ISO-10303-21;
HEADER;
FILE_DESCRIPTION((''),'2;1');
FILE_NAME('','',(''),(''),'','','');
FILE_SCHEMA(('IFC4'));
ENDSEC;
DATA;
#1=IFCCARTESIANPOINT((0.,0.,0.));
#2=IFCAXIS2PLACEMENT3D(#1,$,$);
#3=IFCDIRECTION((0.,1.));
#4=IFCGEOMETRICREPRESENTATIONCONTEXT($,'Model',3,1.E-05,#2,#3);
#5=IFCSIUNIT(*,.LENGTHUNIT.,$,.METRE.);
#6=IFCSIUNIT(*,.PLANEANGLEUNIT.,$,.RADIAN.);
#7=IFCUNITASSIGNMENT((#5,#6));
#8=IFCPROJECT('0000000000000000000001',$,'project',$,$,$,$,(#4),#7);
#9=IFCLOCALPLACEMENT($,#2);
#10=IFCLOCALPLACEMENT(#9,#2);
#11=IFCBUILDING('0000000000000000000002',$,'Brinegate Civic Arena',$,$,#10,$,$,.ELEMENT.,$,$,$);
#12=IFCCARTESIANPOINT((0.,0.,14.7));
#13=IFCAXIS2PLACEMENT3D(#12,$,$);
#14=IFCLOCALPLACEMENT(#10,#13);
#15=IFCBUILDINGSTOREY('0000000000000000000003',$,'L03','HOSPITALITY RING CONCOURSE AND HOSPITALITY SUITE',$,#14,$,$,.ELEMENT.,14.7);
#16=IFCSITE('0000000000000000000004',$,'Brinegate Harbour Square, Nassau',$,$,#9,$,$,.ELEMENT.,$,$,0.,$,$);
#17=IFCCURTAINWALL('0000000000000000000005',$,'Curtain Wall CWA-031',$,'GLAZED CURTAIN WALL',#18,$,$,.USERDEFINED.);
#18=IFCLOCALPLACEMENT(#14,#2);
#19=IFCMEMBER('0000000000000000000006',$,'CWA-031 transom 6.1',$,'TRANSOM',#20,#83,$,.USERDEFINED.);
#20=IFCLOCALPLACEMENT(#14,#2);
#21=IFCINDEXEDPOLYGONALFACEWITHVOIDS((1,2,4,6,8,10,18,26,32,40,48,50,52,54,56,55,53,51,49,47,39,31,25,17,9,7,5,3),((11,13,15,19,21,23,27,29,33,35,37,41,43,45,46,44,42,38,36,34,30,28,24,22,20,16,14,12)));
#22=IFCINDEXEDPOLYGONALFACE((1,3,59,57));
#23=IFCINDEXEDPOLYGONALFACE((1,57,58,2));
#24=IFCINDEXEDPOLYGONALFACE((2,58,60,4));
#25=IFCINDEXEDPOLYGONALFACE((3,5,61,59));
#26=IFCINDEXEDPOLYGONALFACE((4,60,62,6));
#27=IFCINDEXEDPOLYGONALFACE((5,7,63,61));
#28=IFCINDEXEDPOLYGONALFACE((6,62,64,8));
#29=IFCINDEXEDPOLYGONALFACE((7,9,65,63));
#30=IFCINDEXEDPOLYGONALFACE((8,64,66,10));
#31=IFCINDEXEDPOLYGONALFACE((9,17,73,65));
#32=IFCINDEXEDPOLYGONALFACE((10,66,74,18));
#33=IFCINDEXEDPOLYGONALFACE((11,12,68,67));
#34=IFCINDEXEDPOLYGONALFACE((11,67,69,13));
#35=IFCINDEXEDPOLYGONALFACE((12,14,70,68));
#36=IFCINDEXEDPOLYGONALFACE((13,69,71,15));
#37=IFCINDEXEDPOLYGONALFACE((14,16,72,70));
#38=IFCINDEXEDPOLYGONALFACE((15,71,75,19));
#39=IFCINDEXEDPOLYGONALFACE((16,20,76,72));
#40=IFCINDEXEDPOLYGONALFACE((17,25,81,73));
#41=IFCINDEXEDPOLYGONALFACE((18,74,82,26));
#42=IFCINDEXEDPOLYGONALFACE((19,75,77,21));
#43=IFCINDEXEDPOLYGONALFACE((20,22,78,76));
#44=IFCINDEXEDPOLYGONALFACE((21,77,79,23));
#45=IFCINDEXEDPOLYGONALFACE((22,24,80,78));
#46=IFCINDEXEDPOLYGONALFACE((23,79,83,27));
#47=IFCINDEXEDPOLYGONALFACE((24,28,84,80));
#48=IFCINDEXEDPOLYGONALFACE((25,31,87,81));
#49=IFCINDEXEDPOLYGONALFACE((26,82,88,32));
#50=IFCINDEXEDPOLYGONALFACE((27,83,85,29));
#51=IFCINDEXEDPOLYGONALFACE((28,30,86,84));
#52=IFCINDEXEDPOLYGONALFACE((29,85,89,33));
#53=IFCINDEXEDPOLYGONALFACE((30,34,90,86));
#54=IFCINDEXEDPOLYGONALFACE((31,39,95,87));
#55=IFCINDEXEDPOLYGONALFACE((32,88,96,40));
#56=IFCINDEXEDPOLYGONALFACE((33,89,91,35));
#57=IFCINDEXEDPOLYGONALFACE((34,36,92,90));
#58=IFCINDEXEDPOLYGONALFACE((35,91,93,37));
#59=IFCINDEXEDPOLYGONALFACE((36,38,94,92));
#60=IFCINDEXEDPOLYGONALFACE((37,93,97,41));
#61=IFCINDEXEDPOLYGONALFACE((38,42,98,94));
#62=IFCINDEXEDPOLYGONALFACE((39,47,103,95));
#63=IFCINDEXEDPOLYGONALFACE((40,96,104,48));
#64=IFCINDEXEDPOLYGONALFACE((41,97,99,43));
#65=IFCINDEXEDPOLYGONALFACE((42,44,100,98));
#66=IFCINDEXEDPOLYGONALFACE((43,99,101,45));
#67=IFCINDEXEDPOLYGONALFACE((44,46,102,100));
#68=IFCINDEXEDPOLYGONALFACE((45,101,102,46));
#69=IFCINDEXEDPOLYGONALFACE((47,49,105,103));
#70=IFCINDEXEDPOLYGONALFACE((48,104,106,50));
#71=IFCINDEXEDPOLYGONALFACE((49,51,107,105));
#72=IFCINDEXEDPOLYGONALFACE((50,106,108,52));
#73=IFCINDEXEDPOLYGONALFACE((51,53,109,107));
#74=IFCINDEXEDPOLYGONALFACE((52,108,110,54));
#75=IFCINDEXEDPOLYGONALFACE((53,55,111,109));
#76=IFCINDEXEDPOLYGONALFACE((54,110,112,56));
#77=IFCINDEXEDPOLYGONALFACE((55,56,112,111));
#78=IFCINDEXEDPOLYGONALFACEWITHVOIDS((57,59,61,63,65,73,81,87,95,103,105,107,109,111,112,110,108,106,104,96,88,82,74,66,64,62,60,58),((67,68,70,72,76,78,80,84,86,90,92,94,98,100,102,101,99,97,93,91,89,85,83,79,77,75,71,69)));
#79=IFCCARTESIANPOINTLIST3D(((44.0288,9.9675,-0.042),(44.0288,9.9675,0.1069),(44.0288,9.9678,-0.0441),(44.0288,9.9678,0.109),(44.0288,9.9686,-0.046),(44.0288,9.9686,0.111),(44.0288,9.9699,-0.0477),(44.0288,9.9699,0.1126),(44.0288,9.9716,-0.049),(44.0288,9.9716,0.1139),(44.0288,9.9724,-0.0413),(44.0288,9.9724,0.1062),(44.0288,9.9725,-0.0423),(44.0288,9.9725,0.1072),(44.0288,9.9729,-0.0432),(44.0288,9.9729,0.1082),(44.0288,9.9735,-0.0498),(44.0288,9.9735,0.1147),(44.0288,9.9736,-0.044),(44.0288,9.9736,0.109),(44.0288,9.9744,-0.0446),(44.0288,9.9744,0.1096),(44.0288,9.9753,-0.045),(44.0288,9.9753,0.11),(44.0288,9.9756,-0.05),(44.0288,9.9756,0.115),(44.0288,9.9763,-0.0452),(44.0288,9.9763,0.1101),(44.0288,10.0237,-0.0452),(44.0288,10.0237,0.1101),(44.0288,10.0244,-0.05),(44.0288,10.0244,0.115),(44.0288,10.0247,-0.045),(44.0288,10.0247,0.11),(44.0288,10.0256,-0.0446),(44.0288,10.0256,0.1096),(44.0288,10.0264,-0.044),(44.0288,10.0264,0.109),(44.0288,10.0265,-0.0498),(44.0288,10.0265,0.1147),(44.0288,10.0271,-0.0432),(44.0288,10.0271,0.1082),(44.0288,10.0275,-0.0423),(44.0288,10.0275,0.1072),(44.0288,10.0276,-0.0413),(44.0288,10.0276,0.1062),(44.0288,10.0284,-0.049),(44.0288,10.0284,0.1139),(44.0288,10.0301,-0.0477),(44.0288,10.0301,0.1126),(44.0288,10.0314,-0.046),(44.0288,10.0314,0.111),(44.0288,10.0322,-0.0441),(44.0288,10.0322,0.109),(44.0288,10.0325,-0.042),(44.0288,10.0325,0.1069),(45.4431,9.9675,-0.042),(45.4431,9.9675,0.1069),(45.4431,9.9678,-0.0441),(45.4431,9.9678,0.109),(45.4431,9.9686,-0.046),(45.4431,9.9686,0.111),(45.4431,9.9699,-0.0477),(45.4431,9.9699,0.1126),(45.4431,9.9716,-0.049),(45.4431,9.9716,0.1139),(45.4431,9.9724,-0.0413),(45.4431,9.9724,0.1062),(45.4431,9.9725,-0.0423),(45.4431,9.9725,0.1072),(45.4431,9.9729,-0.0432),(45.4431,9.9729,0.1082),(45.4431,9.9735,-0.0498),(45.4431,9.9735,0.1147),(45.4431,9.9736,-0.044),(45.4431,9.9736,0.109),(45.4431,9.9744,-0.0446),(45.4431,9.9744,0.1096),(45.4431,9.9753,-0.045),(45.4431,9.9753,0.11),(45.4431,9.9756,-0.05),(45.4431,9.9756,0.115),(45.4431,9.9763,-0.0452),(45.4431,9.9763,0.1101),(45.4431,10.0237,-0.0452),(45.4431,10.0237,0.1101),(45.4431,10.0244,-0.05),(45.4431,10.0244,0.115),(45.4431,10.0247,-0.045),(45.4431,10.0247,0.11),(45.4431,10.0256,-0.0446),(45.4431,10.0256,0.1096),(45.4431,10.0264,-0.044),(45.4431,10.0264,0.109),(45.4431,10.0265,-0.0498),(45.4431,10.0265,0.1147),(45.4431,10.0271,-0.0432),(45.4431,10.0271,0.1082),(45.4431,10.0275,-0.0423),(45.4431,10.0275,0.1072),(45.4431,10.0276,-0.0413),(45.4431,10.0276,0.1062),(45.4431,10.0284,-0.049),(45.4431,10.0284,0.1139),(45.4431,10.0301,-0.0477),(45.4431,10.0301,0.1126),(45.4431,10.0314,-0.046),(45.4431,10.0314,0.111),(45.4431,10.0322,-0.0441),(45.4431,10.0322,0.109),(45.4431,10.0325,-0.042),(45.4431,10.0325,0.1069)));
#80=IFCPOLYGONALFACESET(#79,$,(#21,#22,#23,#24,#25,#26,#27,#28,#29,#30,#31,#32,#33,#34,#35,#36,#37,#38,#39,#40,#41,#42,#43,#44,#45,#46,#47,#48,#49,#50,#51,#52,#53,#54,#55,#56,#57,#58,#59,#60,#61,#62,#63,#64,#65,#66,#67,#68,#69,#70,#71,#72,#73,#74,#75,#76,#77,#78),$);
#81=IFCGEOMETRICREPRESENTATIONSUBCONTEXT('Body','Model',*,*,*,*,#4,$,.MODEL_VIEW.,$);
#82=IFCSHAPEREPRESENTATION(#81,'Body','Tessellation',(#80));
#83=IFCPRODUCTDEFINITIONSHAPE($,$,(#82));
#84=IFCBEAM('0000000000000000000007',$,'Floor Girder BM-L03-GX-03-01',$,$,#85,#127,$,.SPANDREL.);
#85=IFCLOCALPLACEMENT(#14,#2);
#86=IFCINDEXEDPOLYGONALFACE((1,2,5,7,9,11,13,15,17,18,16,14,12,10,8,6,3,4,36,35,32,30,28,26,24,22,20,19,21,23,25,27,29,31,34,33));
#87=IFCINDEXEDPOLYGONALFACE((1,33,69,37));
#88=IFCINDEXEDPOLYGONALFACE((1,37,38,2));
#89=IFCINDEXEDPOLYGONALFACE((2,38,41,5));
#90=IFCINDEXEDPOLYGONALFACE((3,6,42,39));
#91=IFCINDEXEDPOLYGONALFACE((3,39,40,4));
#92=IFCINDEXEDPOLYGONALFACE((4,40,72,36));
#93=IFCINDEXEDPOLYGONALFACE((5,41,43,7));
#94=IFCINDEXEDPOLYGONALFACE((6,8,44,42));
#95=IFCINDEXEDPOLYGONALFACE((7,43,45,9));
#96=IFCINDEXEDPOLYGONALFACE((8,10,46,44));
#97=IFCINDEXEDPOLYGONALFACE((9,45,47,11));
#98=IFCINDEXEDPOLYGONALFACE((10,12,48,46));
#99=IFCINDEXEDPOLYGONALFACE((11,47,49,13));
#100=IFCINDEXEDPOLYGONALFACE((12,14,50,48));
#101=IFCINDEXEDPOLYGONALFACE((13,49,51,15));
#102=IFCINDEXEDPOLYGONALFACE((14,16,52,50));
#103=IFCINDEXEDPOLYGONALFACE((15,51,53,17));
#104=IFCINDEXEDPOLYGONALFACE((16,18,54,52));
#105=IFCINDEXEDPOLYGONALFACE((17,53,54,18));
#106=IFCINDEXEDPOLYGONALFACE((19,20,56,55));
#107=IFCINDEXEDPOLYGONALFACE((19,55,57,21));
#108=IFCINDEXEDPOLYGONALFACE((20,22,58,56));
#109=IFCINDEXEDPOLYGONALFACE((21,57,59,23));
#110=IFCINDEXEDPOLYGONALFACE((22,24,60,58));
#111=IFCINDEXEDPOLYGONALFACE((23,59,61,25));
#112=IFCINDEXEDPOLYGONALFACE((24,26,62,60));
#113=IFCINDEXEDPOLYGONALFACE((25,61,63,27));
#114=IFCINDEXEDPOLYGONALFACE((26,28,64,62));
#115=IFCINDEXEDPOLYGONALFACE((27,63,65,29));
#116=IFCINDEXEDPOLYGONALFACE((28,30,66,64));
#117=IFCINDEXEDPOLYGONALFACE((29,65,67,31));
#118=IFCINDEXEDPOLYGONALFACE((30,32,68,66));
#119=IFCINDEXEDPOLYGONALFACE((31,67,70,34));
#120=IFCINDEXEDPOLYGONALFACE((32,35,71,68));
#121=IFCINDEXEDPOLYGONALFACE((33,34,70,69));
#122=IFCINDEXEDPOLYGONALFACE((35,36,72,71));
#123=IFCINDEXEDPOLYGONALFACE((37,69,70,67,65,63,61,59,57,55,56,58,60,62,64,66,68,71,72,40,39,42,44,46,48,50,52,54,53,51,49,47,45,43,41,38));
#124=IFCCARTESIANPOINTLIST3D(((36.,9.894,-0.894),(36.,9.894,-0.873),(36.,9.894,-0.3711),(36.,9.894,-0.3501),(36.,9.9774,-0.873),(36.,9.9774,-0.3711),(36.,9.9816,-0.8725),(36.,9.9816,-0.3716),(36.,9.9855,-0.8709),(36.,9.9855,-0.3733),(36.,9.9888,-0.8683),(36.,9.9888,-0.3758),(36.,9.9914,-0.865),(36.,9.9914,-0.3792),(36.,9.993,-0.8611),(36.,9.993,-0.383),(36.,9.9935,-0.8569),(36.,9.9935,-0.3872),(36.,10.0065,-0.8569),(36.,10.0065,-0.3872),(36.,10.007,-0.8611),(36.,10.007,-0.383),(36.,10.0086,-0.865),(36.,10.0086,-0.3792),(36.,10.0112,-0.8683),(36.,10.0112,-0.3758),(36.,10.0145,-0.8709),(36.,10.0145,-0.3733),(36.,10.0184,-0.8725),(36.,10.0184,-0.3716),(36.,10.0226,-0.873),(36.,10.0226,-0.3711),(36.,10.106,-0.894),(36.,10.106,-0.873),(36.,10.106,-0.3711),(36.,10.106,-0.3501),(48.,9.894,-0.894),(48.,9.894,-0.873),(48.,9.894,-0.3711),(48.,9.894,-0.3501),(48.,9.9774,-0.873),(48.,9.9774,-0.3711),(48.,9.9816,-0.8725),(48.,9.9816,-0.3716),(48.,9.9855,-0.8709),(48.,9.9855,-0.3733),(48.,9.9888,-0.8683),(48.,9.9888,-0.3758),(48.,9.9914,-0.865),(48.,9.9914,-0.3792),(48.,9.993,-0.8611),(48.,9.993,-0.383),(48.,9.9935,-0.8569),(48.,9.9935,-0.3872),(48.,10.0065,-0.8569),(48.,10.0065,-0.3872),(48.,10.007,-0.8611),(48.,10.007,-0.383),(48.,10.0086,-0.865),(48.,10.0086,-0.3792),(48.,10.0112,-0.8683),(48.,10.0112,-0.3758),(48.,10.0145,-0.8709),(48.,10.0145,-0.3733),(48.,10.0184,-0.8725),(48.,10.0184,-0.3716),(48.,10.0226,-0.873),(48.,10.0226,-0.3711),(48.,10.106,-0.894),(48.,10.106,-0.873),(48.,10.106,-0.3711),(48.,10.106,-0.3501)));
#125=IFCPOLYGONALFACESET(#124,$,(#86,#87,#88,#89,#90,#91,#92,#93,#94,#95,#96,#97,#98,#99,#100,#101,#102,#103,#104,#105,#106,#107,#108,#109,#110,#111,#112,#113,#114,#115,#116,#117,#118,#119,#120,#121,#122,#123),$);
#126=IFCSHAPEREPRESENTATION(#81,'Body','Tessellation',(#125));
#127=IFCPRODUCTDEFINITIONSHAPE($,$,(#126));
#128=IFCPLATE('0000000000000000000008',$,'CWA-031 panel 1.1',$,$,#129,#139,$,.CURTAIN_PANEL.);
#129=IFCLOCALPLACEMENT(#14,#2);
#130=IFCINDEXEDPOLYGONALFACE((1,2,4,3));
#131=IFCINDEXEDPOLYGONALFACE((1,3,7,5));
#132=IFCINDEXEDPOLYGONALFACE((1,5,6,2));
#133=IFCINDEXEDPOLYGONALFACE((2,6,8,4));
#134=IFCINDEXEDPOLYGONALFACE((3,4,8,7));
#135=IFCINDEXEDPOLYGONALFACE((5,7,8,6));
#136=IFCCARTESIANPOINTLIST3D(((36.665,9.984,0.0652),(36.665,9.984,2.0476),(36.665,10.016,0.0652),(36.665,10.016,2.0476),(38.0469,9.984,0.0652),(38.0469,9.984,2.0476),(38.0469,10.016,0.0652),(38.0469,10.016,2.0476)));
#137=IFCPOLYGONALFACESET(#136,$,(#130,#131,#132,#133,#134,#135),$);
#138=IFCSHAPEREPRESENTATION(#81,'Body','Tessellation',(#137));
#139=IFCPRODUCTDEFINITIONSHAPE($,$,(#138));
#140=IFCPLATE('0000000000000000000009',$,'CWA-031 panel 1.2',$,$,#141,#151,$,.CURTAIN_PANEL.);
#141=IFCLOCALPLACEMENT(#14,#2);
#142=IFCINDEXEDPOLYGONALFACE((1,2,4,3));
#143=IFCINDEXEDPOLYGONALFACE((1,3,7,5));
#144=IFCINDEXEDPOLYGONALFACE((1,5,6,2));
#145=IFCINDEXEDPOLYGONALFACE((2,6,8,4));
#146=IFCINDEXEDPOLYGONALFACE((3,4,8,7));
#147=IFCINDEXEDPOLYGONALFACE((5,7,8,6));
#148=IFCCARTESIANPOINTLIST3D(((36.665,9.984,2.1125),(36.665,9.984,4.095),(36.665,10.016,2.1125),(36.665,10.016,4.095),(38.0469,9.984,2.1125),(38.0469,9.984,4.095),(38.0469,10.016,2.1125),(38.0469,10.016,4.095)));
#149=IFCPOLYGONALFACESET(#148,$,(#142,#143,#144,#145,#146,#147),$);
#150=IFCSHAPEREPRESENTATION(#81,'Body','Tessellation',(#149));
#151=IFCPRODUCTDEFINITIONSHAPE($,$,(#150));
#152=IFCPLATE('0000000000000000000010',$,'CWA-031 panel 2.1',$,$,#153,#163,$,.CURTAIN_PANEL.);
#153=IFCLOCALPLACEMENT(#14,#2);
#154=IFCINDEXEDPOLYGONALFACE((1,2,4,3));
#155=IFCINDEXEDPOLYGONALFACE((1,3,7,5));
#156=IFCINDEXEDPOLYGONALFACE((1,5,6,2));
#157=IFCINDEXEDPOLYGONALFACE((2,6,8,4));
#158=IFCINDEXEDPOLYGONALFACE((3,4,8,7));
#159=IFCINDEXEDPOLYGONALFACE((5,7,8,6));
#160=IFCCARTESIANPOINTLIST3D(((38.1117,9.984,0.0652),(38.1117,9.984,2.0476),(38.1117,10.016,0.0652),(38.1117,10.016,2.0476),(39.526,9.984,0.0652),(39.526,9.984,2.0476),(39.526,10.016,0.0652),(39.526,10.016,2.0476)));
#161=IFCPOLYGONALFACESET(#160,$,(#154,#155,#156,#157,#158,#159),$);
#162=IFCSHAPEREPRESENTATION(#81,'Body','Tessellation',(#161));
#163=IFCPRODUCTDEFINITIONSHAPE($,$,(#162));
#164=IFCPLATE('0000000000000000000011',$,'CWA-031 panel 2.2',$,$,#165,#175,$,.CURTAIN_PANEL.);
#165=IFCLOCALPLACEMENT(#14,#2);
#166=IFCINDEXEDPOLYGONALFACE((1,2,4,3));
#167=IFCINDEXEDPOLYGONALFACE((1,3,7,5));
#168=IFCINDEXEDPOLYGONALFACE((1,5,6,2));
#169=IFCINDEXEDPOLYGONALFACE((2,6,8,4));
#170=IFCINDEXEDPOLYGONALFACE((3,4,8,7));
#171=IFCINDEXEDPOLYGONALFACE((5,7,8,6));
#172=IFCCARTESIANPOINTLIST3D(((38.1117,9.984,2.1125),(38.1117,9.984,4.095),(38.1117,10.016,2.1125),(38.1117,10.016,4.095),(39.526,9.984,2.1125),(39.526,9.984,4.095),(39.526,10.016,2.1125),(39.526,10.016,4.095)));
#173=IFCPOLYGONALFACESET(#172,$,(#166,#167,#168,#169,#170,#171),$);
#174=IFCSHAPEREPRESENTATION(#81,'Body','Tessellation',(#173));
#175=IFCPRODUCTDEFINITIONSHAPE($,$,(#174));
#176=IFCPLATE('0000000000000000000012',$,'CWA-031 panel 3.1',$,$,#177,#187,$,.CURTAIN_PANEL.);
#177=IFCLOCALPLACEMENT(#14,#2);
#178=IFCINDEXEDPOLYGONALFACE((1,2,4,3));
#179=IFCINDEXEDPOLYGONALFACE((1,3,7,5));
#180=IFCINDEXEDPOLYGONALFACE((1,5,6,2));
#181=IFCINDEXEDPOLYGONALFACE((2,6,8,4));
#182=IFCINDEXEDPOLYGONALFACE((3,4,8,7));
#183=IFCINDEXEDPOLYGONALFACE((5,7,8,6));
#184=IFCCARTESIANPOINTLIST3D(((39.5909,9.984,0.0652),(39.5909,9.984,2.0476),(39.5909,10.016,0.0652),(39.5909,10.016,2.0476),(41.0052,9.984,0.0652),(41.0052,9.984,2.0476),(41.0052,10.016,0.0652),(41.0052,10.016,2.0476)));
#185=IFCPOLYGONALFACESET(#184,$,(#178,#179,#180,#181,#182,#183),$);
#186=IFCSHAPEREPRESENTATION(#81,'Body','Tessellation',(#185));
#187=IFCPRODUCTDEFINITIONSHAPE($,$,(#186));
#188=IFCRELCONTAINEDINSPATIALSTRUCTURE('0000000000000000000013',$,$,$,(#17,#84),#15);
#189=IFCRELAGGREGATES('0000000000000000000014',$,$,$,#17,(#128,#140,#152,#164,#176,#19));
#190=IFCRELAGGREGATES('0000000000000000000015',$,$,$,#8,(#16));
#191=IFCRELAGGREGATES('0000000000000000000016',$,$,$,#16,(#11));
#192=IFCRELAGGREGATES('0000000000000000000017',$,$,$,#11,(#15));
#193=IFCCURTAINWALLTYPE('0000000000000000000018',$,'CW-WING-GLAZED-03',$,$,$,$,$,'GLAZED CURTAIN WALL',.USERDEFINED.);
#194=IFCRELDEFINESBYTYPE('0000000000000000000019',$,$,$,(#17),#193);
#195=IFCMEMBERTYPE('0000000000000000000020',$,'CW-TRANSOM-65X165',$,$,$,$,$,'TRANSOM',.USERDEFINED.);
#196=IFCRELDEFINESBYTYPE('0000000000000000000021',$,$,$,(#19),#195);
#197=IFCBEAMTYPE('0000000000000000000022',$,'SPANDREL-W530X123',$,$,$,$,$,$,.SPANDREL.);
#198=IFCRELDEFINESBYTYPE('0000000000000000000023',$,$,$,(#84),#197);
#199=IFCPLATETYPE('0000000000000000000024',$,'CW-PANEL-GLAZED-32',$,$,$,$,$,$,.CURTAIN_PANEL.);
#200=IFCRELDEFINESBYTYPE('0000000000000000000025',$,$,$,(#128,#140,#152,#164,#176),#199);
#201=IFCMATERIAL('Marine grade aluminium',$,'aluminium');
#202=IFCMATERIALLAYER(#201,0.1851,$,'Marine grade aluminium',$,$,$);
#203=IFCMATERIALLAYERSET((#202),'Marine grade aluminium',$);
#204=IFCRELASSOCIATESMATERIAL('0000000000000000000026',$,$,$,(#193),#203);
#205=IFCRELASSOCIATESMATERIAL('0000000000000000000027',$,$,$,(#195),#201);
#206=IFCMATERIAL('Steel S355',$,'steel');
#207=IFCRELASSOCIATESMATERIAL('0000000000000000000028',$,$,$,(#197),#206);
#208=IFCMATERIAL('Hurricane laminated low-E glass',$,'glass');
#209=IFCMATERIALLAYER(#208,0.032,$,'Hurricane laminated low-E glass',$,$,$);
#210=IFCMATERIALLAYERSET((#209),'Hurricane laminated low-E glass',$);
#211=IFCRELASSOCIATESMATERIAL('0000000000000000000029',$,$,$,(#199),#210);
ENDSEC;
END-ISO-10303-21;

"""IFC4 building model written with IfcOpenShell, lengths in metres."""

from ifc_helpers import new_model, si_unit, direction, frame, origin, origin_2d, place, context, subcontext, project, spatial, rectangle, hollow_rectangle, i_section, extrude, material, layer, layer_set, material_profile, profile_set, type_object, element, aggregate, save


model = new_model("IFC4")

# Units and contexts
model_context = context("Model", 3, precision=1e-05, world=origin(), true_north=direction((0.0, 1.0)))
body_context = subcontext(model_context, "Body", "Model", "MODEL_VIEW")
ifc_project = project(units=[si_unit("LENGTHUNIT", "METRE"), si_unit("PLANEANGLEUNIT", "RADIAN")], contexts=[model_context])

# Site, building, storey
site_placement = place(None, origin())
site = spatial("IfcSite", under=ifc_project, at=site_placement, Name="Brinegate Harbour Square, Nassau", CompositionType="ELEMENT", RefElevation=0.0)
building_placement = place(site_placement, origin())
building = spatial("IfcBuilding", under=site, at=building_placement, Name="Brinegate Civic Arena", CompositionType="ELEMENT")
storey_placement = place(building_placement, frame((0.0, 0.0, 14.7)))
storey = spatial("IfcBuildingStorey", under=building, at=storey_placement, Name="L03", Description="HOSPITALITY RING CONCOURSE AND HOSPITALITY SUITE", CompositionType="ELEMENT", Elevation=14.7)

# Curtain wall
ifc_material_1 = material(Name="Marine grade aluminium", Category="aluminium")
ifc_layer_1 = layer(ifc_material_1, 0.1851, Name="Marine grade aluminium")
ifc_layer_set_1 = layer_set([ifc_layer_1], Name="Marine grade aluminium")
curtain_wall_type = type_object("IfcCurtainWallType", Name="CW-WING-GLAZED-03", ElementType="GLAZED CURTAIN WALL", PredefinedType="USERDEFINED", material=ifc_layer_set_1)
curtain_wall_1_placement = place(storey_placement, origin())
curtain_wall_1 = element("IfcCurtainWall", 1, at=curtain_wall_1_placement, inside=storey, type_object=curtain_wall_type, Name="Curtain Wall CWA-031", ObjectType="GLAZED CURTAIN WALL", PredefinedType="USERDEFINED")

# Member
ifc_material_profile_1 = material_profile(ifc_material_1, hollow_rectangle(XDim=0.0649, YDim=0.165, WallThickness=0.0049, InnerFilletRadius=0.0039, OuterFilletRadius=0.0081, at=origin_2d()), Name="TRN65X165")
ifc_profile_set_1 = profile_set([ifc_material_profile_1], Name="Marine grade aluminium")
member_type_1 = type_object("IfcMemberType", Name="CW-TRANSOM-65X165", ElementType="TRANSOM", PredefinedType="USERDEFINED", material=ifc_profile_set_1)
member_1_placement = place(storey_placement, frame((44.0288, 10.0, 0.0325), z_axis=(1.0, 0.0, 0.0), x_axis=(0.0, 1.0, 0.0)))
member_1 = element("IfcMember", 2, at=member_1_placement, type_object=member_type_1, Name="CWA-031 transom 6.1", ObjectType="TRANSOM", PredefinedType="USERDEFINED", context=body_context, shape_type="SweptSolid", body=[
    extrude(hollow_rectangle(XDim=0.0649, YDim=0.165, WallThickness=0.0049, InnerFilletRadius=0.0039, OuterFilletRadius=0.0081, at=origin_2d()), origin(), (0.0, 0.0, 1.0), 1.4143),
])

# Beam
ifc_material_2 = material(Name="Steel S355", Category="steel")
ifc_material_profile_2 = material_profile(ifc_material_2, i_section(OverallWidth=0.2119, OverallDepth=0.5439, WebThickness=0.0129, FlangeThickness=0.021, FilletRadius=0.0161, at=origin_2d()), Name="W530X123")
ifc_profile_set_2 = profile_set([ifc_material_profile_2], Name="Steel S355")
beam_type = type_object("IfcBeamType", Name="SPANDREL-W530X123", PredefinedType="SPANDREL", material=ifc_profile_set_2)
beam_placement = place(storey_placement, frame((36.0, 10.0, -0.6221), z_axis=(1.0, 0.0, 0.0), x_axis=(0.0, 1.0, 0.0)))
element("IfcBeam", 3, at=beam_placement, inside=storey, type_object=beam_type, Name="Floor Girder BM-L03-GX-03-01", PredefinedType="SPANDREL", context=body_context, shape_type="SweptSolid", body=[
    extrude(i_section(OverallWidth=0.2119, OverallDepth=0.5439, WebThickness=0.0129, FlangeThickness=0.021, FilletRadius=0.0161, at=origin_2d()), origin(), (0.0, 0.0, 1.0), 12.0),
])

# Plates
ifc_material_3 = material(Name="Hurricane laminated low-E glass", Category="glass")
ifc_layer_2 = layer(ifc_material_3, 0.032, Name="Hurricane laminated low-E glass")
ifc_layer_set_2 = layer_set([ifc_layer_2], Name="Hurricane laminated low-E glass")
plate_type_1 = type_object("IfcPlateType", Name="CW-PANEL-GLAZED-32", PredefinedType="CURTAIN_PANEL", material=ifc_layer_set_2)
plate_1_placement = place(storey_placement, frame((37.356, 10.0, 0.0652), z_axis=(0.0, 0.0, 1.0), x_axis=(1.0, 0.0, 0.0)))
plate_1 = element("IfcPlate", 4, at=plate_1_placement, type_object=plate_type_1, Name="CWA-031 panel 1.1", PredefinedType="CURTAIN_PANEL", context=body_context, shape_type="SweptSolid", body=[
    extrude(rectangle(XDim=1.3818, YDim=0.032, at=origin_2d()), origin(), (0.0, 0.0, 1.0), 1.9824),
])
plate_2_placement = place(storey_placement, frame((37.356, 10.0, 2.1125), z_axis=(0.0, 0.0, 1.0), x_axis=(1.0, 0.0, 0.0)))
plate_2 = element("IfcPlate", 5, at=plate_2_placement, type_object=plate_type_1, Name="CWA-031 panel 1.2", PredefinedType="CURTAIN_PANEL", context=body_context, shape_type="SweptSolid", body=[
    extrude(rectangle(XDim=1.3818, YDim=0.032, at=origin_2d()), origin(), (0.0, 0.0, 1.0), 1.9824),
])
plate_3_placement = place(storey_placement, frame((38.8188, 10.0, 0.0652), z_axis=(0.0, 0.0, 1.0), x_axis=(1.0, 0.0, 0.0)))
plate_3 = element("IfcPlate", 6, at=plate_3_placement, type_object=plate_type_1, Name="CWA-031 panel 2.1", PredefinedType="CURTAIN_PANEL", context=body_context, shape_type="SweptSolid", body=[
    extrude(rectangle(XDim=1.4143, YDim=0.032, at=origin_2d()), origin(), (0.0, 0.0, 1.0), 1.9824),
])
plate_4_placement = place(storey_placement, frame((38.8188, 10.0, 2.1125), z_axis=(0.0, 0.0, 1.0), x_axis=(1.0, 0.0, 0.0)))
plate_4 = element("IfcPlate", 7, at=plate_4_placement, type_object=plate_type_1, Name="CWA-031 panel 2.2", PredefinedType="CURTAIN_PANEL", context=body_context, shape_type="SweptSolid", body=[
    extrude(rectangle(XDim=1.4143, YDim=0.032, at=origin_2d()), origin(), (0.0, 0.0, 1.0), 1.9824),
])
plate_5_placement = place(storey_placement, frame((40.2981, 10.0, 0.0652), z_axis=(0.0, 0.0, 1.0), x_axis=(1.0, 0.0, 0.0)))
plate_5 = element("IfcPlate", 8, at=plate_5_placement, type_object=plate_type_1, Name="CWA-031 panel 3.1", PredefinedType="CURTAIN_PANEL", context=body_context, shape_type="SweptSolid", body=[
    extrude(rectangle(XDim=1.4143, YDim=0.032, at=origin_2d()), origin(), (0.0, 0.0, 1.0), 1.9824),
])
aggregate(curtain_wall_1, [plate_1, plate_2, plate_3, plate_4, plate_5, member_1])

save(model, "model.ifc")
